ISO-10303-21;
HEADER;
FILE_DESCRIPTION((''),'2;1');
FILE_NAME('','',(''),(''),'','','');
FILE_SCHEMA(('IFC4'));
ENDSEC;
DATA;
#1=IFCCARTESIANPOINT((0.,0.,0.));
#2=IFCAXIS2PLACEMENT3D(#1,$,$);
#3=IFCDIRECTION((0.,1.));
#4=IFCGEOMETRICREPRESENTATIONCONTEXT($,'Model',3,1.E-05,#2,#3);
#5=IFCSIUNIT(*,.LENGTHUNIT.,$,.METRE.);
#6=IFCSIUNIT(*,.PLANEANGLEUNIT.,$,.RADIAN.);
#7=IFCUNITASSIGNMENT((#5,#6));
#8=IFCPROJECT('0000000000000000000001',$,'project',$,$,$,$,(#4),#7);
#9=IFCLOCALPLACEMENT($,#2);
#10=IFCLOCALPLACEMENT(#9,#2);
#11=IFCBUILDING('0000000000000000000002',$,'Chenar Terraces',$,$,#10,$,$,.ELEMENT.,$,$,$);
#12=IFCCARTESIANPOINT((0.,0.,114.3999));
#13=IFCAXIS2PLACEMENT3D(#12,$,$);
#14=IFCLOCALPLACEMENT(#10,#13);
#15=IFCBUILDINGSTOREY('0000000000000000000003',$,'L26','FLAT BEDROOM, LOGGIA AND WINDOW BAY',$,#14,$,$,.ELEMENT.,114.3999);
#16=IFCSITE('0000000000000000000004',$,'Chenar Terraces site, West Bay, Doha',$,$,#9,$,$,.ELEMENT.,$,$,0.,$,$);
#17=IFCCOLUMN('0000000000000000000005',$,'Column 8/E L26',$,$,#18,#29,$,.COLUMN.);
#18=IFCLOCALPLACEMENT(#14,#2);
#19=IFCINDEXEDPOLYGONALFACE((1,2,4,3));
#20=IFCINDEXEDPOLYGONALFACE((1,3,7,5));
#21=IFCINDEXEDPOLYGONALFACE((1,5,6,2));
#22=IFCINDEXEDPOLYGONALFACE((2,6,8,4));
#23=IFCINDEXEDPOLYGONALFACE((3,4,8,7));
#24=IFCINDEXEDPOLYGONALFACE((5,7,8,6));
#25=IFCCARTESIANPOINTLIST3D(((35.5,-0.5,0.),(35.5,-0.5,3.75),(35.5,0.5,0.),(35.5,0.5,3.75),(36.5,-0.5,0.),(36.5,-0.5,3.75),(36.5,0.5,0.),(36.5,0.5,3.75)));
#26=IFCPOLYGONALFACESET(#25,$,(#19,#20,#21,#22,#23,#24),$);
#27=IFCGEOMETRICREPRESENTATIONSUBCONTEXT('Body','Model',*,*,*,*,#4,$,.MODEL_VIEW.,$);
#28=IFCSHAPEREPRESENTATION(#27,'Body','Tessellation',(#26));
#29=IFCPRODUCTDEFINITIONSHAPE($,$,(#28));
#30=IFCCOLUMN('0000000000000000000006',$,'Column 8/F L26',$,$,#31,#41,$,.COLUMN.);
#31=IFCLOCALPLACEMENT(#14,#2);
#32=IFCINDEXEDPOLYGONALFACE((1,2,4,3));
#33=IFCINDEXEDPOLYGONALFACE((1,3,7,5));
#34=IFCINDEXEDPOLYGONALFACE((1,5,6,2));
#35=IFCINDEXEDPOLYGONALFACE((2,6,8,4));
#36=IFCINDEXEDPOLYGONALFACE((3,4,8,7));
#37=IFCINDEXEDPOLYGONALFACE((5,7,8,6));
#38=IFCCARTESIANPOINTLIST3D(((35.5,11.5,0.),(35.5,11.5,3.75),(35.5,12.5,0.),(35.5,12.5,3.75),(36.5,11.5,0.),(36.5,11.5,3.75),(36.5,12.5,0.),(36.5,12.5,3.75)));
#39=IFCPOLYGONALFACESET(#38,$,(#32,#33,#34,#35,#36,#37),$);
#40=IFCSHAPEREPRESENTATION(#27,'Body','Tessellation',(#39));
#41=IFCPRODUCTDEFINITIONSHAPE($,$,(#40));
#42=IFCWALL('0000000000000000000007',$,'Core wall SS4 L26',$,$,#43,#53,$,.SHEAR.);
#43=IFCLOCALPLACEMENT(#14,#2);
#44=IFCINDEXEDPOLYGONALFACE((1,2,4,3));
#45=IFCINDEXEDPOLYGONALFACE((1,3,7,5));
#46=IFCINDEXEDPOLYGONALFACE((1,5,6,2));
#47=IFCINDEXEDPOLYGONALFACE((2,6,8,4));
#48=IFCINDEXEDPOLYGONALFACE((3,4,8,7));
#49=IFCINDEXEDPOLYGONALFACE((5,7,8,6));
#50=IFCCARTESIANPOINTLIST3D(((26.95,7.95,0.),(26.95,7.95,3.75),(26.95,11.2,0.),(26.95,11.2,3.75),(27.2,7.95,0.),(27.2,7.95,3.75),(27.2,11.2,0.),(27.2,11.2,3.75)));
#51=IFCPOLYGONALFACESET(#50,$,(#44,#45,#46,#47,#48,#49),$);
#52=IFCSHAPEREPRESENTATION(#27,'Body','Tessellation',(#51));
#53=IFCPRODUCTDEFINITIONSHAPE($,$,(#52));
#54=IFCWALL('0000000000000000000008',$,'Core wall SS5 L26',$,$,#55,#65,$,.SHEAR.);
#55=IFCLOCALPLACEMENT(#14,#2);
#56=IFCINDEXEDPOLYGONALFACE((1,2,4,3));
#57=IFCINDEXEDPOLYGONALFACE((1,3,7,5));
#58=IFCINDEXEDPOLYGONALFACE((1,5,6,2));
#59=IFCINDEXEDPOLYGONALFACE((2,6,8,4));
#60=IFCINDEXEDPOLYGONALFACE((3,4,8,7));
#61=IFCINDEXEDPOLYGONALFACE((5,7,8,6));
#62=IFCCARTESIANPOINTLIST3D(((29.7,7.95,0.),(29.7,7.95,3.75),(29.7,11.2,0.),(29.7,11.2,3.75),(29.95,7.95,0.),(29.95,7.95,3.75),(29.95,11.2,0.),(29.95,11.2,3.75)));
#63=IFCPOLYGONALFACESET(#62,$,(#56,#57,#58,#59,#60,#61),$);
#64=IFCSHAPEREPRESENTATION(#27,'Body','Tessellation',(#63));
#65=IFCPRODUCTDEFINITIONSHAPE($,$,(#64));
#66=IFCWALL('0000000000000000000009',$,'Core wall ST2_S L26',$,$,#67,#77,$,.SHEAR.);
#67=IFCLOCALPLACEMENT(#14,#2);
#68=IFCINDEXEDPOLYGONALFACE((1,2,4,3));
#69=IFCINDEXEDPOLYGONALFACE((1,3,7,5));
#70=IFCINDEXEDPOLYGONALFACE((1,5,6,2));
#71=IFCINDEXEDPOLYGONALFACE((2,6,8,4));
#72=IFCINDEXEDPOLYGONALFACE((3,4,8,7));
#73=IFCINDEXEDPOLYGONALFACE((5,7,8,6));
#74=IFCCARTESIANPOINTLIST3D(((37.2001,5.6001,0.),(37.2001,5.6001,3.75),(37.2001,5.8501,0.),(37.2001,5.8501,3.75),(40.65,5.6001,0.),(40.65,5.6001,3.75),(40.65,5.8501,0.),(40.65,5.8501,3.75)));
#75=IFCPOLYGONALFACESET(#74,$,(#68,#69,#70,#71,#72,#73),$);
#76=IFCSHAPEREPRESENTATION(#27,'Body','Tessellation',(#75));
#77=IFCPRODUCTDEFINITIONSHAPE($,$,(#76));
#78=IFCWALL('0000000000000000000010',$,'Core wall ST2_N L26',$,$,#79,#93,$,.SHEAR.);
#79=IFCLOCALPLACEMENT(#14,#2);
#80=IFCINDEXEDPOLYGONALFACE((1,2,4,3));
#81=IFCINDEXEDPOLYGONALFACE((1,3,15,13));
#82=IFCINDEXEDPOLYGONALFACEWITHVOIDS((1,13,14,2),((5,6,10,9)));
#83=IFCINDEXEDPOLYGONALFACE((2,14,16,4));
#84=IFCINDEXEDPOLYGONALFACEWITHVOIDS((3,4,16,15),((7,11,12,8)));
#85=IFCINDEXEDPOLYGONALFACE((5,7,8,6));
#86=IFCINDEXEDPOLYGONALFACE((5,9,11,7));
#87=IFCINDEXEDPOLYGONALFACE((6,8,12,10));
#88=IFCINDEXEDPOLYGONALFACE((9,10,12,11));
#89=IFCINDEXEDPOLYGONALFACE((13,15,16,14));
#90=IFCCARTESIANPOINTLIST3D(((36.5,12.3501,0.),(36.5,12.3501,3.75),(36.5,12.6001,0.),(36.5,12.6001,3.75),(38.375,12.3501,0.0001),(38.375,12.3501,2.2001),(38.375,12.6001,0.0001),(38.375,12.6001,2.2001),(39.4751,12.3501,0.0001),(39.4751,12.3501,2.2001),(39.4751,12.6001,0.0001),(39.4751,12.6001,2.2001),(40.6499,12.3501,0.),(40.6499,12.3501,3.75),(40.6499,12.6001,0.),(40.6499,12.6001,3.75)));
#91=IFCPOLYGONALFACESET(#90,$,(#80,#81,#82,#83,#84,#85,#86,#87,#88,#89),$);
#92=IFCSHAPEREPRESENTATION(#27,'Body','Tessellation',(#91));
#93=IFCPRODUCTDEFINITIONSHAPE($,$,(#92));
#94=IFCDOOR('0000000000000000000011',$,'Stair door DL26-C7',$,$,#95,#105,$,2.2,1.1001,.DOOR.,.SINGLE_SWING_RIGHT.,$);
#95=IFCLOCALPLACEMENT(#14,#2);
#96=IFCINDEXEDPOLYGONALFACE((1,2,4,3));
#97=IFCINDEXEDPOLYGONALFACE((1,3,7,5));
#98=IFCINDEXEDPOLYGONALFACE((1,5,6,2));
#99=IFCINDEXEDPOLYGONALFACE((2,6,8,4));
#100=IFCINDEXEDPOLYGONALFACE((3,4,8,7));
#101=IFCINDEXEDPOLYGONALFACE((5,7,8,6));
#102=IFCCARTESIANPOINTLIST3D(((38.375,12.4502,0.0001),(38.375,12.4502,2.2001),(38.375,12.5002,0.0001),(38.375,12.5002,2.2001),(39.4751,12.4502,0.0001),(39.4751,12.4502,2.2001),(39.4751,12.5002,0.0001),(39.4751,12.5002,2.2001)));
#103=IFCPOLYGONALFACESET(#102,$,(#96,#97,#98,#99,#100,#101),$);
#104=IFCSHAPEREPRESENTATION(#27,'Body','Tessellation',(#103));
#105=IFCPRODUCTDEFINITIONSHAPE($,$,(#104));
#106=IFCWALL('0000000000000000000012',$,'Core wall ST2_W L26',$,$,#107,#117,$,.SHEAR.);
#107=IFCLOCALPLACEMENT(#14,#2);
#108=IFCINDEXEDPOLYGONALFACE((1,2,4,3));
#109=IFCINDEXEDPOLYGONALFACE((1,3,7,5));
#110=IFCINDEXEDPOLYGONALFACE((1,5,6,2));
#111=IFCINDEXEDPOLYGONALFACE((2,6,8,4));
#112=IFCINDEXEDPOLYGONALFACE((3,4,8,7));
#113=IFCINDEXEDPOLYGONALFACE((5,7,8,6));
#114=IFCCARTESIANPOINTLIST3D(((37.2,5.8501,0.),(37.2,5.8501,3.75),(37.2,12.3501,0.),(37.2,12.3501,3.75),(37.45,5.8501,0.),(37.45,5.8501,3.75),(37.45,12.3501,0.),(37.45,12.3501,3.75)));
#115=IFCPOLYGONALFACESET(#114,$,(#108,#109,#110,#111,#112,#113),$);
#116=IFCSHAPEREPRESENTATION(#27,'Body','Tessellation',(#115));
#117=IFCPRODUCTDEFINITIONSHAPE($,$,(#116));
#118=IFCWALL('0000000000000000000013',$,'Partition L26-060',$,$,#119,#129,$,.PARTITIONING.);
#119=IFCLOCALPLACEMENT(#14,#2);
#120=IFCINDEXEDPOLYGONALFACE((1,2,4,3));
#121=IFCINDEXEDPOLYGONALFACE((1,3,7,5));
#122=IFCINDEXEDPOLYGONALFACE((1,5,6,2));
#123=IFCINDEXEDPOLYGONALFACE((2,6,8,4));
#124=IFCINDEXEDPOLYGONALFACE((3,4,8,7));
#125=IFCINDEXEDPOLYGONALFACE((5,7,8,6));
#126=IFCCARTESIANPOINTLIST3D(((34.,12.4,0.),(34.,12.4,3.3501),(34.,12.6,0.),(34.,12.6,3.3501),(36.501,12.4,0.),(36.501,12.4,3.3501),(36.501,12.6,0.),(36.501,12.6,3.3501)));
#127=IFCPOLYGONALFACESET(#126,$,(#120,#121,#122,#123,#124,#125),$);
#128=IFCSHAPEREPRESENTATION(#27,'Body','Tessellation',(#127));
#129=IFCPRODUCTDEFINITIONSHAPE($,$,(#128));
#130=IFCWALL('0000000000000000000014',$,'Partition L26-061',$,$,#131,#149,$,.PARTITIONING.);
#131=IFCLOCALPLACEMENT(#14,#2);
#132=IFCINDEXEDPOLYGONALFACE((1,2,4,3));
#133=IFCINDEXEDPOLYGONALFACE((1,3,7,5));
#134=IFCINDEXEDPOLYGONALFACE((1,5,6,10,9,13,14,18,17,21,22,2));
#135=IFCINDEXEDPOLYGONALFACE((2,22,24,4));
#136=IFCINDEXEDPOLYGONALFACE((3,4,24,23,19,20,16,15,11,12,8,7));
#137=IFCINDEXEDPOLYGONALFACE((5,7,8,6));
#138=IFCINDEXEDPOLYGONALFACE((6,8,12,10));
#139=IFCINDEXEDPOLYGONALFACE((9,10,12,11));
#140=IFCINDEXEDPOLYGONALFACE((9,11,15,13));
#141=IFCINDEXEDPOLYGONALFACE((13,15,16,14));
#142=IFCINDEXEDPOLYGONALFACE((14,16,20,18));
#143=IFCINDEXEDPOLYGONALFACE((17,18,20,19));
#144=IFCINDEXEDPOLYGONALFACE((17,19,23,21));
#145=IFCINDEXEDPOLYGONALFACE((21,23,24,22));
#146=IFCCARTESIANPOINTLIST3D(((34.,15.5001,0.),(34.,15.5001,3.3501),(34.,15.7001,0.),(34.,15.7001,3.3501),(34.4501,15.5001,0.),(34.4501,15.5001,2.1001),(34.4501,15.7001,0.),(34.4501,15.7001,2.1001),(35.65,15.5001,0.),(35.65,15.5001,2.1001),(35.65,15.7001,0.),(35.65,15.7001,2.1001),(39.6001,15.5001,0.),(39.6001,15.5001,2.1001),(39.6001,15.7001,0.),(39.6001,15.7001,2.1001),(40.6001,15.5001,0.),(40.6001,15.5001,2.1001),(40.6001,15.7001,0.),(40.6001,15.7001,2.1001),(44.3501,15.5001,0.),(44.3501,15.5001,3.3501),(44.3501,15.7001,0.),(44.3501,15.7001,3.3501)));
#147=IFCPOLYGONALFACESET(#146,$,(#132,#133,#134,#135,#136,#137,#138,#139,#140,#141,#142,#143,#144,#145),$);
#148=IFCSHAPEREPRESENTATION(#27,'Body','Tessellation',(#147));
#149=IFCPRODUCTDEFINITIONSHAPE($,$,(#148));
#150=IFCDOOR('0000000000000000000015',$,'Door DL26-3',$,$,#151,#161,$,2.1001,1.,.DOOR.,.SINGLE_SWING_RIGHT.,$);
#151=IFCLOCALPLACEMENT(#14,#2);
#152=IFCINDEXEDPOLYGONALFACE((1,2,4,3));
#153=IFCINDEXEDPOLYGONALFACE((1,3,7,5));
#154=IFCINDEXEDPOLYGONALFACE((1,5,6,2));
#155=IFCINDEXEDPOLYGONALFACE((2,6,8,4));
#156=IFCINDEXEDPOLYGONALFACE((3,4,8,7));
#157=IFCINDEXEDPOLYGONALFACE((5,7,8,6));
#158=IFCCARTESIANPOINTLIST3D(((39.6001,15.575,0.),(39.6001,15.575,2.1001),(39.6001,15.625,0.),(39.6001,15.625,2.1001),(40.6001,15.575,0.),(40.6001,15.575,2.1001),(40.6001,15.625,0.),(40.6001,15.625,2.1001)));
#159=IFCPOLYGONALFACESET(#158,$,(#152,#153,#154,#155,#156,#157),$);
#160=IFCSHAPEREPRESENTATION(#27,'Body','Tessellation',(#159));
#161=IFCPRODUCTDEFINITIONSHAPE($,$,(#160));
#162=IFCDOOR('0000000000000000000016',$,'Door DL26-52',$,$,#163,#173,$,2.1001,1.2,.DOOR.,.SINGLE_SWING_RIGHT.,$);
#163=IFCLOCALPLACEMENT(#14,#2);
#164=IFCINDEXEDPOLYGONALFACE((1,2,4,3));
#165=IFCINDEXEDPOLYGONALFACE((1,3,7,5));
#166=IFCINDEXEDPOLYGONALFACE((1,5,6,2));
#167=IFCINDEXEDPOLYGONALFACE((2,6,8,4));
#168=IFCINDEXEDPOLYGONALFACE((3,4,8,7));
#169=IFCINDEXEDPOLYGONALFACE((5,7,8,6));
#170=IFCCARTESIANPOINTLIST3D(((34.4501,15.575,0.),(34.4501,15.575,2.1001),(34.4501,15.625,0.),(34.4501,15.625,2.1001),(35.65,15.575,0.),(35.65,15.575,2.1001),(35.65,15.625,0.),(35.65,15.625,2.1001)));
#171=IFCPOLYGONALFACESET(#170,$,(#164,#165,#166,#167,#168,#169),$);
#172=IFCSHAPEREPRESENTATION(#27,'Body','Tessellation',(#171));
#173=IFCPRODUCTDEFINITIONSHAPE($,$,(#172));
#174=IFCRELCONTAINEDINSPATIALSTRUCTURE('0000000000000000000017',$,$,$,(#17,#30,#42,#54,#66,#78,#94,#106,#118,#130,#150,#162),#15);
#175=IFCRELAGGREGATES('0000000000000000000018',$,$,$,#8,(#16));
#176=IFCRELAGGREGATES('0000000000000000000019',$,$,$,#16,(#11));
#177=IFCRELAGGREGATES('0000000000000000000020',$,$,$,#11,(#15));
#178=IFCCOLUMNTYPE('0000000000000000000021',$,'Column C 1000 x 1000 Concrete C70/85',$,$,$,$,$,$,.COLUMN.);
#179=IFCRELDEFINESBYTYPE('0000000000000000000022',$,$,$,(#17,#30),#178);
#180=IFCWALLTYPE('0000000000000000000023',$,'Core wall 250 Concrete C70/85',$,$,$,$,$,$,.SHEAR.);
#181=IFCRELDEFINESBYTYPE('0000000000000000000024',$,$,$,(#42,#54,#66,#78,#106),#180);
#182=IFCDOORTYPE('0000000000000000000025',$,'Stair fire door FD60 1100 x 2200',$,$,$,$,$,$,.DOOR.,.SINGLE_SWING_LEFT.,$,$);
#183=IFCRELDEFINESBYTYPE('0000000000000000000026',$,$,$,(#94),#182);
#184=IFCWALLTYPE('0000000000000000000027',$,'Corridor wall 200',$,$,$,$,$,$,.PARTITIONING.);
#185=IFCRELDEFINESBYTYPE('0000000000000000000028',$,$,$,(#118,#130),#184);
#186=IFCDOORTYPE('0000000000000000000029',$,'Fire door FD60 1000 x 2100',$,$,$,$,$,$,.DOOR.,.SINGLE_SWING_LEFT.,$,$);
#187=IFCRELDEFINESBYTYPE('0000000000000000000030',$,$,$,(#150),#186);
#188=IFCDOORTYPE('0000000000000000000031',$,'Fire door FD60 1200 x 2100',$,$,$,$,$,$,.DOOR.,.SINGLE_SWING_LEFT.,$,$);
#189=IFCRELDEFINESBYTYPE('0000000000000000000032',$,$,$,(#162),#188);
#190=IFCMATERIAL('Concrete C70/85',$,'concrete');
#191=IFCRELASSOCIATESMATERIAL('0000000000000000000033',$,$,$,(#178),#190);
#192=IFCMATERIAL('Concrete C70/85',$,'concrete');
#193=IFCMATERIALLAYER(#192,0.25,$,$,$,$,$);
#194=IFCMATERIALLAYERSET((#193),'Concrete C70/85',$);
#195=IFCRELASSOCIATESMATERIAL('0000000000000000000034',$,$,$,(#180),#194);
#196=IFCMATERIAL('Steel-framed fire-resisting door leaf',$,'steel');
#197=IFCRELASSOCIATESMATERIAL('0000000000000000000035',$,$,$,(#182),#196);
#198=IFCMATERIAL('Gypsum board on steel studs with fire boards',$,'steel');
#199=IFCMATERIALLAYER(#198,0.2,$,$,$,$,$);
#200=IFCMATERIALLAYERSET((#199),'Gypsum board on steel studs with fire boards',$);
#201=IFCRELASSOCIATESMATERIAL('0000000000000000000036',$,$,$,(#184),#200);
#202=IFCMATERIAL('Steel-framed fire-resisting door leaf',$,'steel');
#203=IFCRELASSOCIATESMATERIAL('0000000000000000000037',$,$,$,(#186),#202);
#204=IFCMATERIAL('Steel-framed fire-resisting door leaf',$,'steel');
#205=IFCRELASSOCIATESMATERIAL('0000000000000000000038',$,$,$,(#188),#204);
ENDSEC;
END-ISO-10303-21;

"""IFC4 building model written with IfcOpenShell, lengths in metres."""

from ifc_helpers import new_model, si_unit, direction, frame, frame_2d, origin, origin_2d, place, context, subcontext, project, spatial, rectangle, extrude, material, layer, layer_set, material_profile, profile_set, type_object, element, fill, save


model = new_model("IFC4")

# Units and contexts
model_context = context("Model", 3, precision=1e-05, world=origin(), true_north=direction((0.0, 1.0)))
body_context = subcontext(model_context, "Body", "Model", "MODEL_VIEW")
ifc_project = project(units=[si_unit("LENGTHUNIT", "METRE"), si_unit("PLANEANGLEUNIT", "RADIAN")], contexts=[model_context])

# Site, building, storey
site_placement = place(None, origin())
site = spatial("IfcSite", under=ifc_project, at=site_placement, Name="Chenar Terraces site, West Bay, Doha", CompositionType="ELEMENT", RefElevation=0.0)
building_placement = place(site_placement, origin())
building = spatial("IfcBuilding", under=site, at=building_placement, Name="Chenar Terraces", CompositionType="ELEMENT")
storey_placement = place(building_placement, frame((0.0, 0.0, 114.3999)))
storey = spatial("IfcBuildingStorey", under=building, at=storey_placement, Name="L26", Description="FLAT BEDROOM, LOGGIA AND WINDOW BAY", CompositionType="ELEMENT", Elevation=114.3999)

# Columns
ifc_material_1 = material(Name="Concrete C70/85", Category="concrete")
ifc_material_profile_1 = material_profile(ifc_material_1, rectangle(XDim=1.0, YDim=1.0, at=origin_2d()), Name="C 1000 x 1000")
ifc_profile_set_1 = profile_set([ifc_material_profile_1], Name="Concrete C70/85")
column_type = type_object("IfcColumnType", Name="Column C 1000 x 1000 Concrete C70/85", PredefinedType="COLUMN", material=ifc_profile_set_1)
for number, where, z_axis, x_axis, name in (
    (1, (36.0, 0.0, 0.0), (0.0, 0.0, 1.0), (1.0, 0.0, 0.0), "Column 8/E L26"),
    (2, (36.0, 12.0, 0.0), (0.0, 0.0, 1.0), (1.0, 0.0, 0.0), "Column 8/F L26"),
):
    element("IfcColumn", number, at=place(storey_placement, frame(where, z_axis=z_axis, x_axis=x_axis)), inside=storey, type_object=column_type, Name=name, PredefinedType="COLUMN", context=body_context, shape_type="SweptSolid", body=[
        extrude(rectangle(XDim=1.0, YDim=1.0, at=origin_2d()), origin(), (0.0, 0.0, 1.0), 3.75),
    ])

# Walls
ifc_material_2 = material(Name="Concrete C70/85", Category="concrete")
ifc_layer_1 = layer(ifc_material_2, 0.25)
ifc_layer_set_1 = layer_set([ifc_layer_1], Name="Concrete C70/85")
wall_type_1 = type_object("IfcWallType", Name="Core wall 250 Concrete C70/85", PredefinedType="SHEAR", material=ifc_layer_set_1)
for number, where, z_axis, x_axis, name in (
    (3, (27.075, 7.95, 0.0), (0.0, 0.0, 1.0), (0.0, 1.0, 0.0), "Core wall SS4 L26"),
    (4, (29.825, 7.95, 0.0), (0.0, 0.0, 1.0), (0.0, 1.0, 0.0), "Core wall SS5 L26"),
):
    element("IfcWall", number, at=place(storey_placement, frame(where, z_axis=z_axis, x_axis=x_axis)), inside=storey, type_object=wall_type_1, Name=name, PredefinedType="SHEAR", context=body_context, shape_type="SweptSolid", body=[
        extrude(rectangle(XDim=3.25, YDim=0.25, at=frame_2d((1.625, 0.0))), origin(), (0.0, 0.0, 1.0), 3.75),
    ])
wall_1_placement = place(storey_placement, frame((37.2, 5.7251, 0.0), z_axis=(0.0, 0.0, 1.0), x_axis=(1.0, 0.0, 0.0)))
element("IfcWall", 5, at=wall_1_placement, inside=storey, type_object=wall_type_1, Name="Core wall ST2_S L26", PredefinedType="SHEAR", context=body_context, shape_type="SweptSolid", body=[
    extrude(rectangle(XDim=3.45, YDim=0.25, at=frame_2d((1.7251, 0.0))), origin(), (0.0, 0.0, 1.0), 3.75),
])

# Wall, opening, door
wall_2_placement = place(storey_placement, frame((36.5, 12.4751, 0.0), z_axis=(0.0, 0.0, 1.0), x_axis=(1.0, 0.0, 0.0)))
wall_2 = element("IfcWall", 6, at=wall_2_placement, inside=storey, type_object=wall_type_1, Name="Core wall ST2_N L26", PredefinedType="SHEAR", context=body_context, shape_type="SweptSolid", body=[
    extrude(rectangle(XDim=4.1499, YDim=0.25, at=frame_2d((2.075, 0.0))), origin(), (0.0, 0.0, 1.0), 3.75),
])
opening_1_placement = place(wall_2_placement, frame((1.875, 0.0, 0.0)))
opening_1 = element("IfcOpeningElement", 7, at=opening_1_placement, cuts=wall_2, PredefinedType="OPENING", context=body_context, shape_type="SweptSolid", body=[
    extrude(rectangle(XDim=1.1001, YDim=2.2, at=frame_2d((0.55, 1.1001))), frame((0.0, 0.135, 0.0), z_axis=(0.0, -1.0, 0.0), x_axis=(1.0, 0.0, 0.0)), (0.0, 0.0, 1.0), 0.27),
])
ifc_material_3 = material(Name="Steel-framed fire-resisting door leaf", Category="steel")
door_type_1 = type_object("IfcDoorType", Name="Stair fire door FD60 1100 x 2200", OperationType="SINGLE_SWING_LEFT", PredefinedType="DOOR", material=ifc_material_3)
door_1_placement = place(opening_1_placement, frame((1.1001, 0.0, 0.0), z_axis=(0.0, 0.0, 1.0), x_axis=(-1.0, 0.0, 0.0)))
door_1 = element("IfcDoor", 8, at=door_1_placement, inside=storey, type_object=door_type_1, Name="Stair door DL26-C7", OperationType="SINGLE_SWING_RIGHT", OverallHeight=2.2, OverallWidth=1.1001, PredefinedType="DOOR", context=body_context, shape_type="SweptSolid", body=[
    extrude(rectangle(XDim=1.1001, YDim=2.2, at=frame_2d((0.55, 1.1001))), frame((0.0, 0.0249, 0.0), z_axis=(0.0, -1.0, 0.0), x_axis=(1.0, 0.0, 0.0)), (0.0, 0.0, 1.0), 0.05),
])
fill(opening_1, door_1)

# Wall
wall_3_placement = place(storey_placement, frame((37.325, 5.8501, 0.0), z_axis=(0.0, 0.0, 1.0), x_axis=(0.0, 1.0, 0.0)))
element("IfcWall", 9, at=wall_3_placement, inside=storey, type_object=wall_type_1, Name="Core wall ST2_W L26", PredefinedType="SHEAR", context=body_context, shape_type="SweptSolid", body=[
    extrude(rectangle(XDim=6.5, YDim=0.25, at=frame_2d((3.25, 0.0))), origin(), (0.0, 0.0, 1.0), 3.75),
])

# Wall
ifc_material_4 = material(Name="Gypsum board on steel studs with fire boards", Category="steel")
ifc_layer_2 = layer(ifc_material_4, 0.2)
ifc_layer_set_2 = layer_set([ifc_layer_2], Name="Gypsum board on steel studs with fire boards")
wall_type_2 = type_object("IfcWallType", Name="Corridor wall 200", PredefinedType="PARTITIONING", material=ifc_layer_set_2)
wall_4_placement = place(storey_placement, frame((34.0, 12.5, 0.0), z_axis=(0.0, 0.0, 1.0), x_axis=(1.0, 0.0, 0.0)))
element("IfcWall", 10, at=wall_4_placement, inside=storey, type_object=wall_type_2, Name="Partition L26-060", PredefinedType="PARTITIONING", context=body_context, shape_type="SweptSolid", body=[
    extrude(rectangle(XDim=2.501, YDim=0.2, at=frame_2d((1.2505, 0.0))), origin(), (0.0, 0.0, 1.0), 3.3501),
])

# Wall, openings, doors
wall_5_placement = place(storey_placement, frame((34.0, 15.6001, 0.0), z_axis=(0.0, 0.0, 1.0), x_axis=(1.0, 0.0, 0.0)))
wall_5 = element("IfcWall", 11, at=wall_5_placement, inside=storey, type_object=wall_type_2, Name="Partition L26-061", PredefinedType="PARTITIONING", context=body_context, shape_type="SweptSolid", body=[
    extrude(rectangle(XDim=10.3501, YDim=0.2, at=frame_2d((5.175, 0.0))), origin(), (0.0, 0.0, 1.0), 3.3501),
])
opening_2_placement = place(wall_5_placement, frame((5.6001, 0.0, 0.0)))
opening_2 = element("IfcOpeningElement", 12, at=opening_2_placement, cuts=wall_5, PredefinedType="OPENING", context=body_context, shape_type="SweptSolid", body=[
    extrude(rectangle(XDim=1.0, YDim=2.1001, at=frame_2d((0.5, 1.05))), frame((0.0, 0.1099, 0.0), z_axis=(0.0, -1.0, 0.0), x_axis=(1.0, 0.0, 0.0)), (0.0, 0.0, 1.0), 0.22),
])
opening_3_placement = place(wall_5_placement, frame((0.45, 0.0, 0.0)))
opening_3 = element("IfcOpeningElement", 13, at=opening_3_placement, cuts=wall_5, PredefinedType="OPENING", context=body_context, shape_type="SweptSolid", body=[
    extrude(rectangle(XDim=1.2, YDim=2.1001, at=frame_2d((0.6001, 1.05))), frame((0.0, 0.1099, 0.0), z_axis=(0.0, -1.0, 0.0), x_axis=(1.0, 0.0, 0.0)), (0.0, 0.0, 1.0), 0.22),
])
ifc_material_5 = material(Name="Steel-framed fire-resisting door leaf", Category="steel")
door_type_2 = type_object("IfcDoorType", Name="Fire door FD60 1000 x 2100", OperationType="SINGLE_SWING_LEFT", PredefinedType="DOOR", material=ifc_material_5)
door_2_placement = place(opening_2_placement, origin())
door_2 = element("IfcDoor", 14, at=door_2_placement, inside=storey, type_object=door_type_2, Name="Door DL26-3", OperationType="SINGLE_SWING_RIGHT", OverallHeight=2.1001, OverallWidth=1.0, PredefinedType="DOOR", context=body_context, shape_type="SweptSolid", body=[
    extrude(rectangle(XDim=1.0, YDim=2.1001, at=frame_2d((0.5, 1.05))), frame((0.0, 0.0249, 0.0), z_axis=(0.0, -1.0, 0.0), x_axis=(1.0, 0.0, 0.0)), (0.0, 0.0, 1.0), 0.05),
])
fill(opening_2, door_2)
ifc_material_6 = material(Name="Steel-framed fire-resisting door leaf", Category="steel")
door_type_3 = type_object("IfcDoorType", Name="Fire door FD60 1200 x 2100", OperationType="SINGLE_SWING_LEFT", PredefinedType="DOOR", material=ifc_material_6)
door_3_placement = place(opening_3_placement, origin())
door_3 = element("IfcDoor", 15, at=door_3_placement, inside=storey, type_object=door_type_3, Name="Door DL26-52", OperationType="SINGLE_SWING_RIGHT", OverallHeight=2.1001, OverallWidth=1.2, PredefinedType="DOOR", context=body_context, shape_type="SweptSolid", body=[
    extrude(rectangle(XDim=1.2, YDim=2.1001, at=frame_2d((0.6001, 1.05))), frame((0.0, 0.0249, 0.0), z_axis=(0.0, -1.0, 0.0), x_axis=(1.0, 0.0, 0.0)), (0.0, 0.0, 1.0), 0.05),
])
fill(opening_3, door_3)

save(model, "model.ifc")
